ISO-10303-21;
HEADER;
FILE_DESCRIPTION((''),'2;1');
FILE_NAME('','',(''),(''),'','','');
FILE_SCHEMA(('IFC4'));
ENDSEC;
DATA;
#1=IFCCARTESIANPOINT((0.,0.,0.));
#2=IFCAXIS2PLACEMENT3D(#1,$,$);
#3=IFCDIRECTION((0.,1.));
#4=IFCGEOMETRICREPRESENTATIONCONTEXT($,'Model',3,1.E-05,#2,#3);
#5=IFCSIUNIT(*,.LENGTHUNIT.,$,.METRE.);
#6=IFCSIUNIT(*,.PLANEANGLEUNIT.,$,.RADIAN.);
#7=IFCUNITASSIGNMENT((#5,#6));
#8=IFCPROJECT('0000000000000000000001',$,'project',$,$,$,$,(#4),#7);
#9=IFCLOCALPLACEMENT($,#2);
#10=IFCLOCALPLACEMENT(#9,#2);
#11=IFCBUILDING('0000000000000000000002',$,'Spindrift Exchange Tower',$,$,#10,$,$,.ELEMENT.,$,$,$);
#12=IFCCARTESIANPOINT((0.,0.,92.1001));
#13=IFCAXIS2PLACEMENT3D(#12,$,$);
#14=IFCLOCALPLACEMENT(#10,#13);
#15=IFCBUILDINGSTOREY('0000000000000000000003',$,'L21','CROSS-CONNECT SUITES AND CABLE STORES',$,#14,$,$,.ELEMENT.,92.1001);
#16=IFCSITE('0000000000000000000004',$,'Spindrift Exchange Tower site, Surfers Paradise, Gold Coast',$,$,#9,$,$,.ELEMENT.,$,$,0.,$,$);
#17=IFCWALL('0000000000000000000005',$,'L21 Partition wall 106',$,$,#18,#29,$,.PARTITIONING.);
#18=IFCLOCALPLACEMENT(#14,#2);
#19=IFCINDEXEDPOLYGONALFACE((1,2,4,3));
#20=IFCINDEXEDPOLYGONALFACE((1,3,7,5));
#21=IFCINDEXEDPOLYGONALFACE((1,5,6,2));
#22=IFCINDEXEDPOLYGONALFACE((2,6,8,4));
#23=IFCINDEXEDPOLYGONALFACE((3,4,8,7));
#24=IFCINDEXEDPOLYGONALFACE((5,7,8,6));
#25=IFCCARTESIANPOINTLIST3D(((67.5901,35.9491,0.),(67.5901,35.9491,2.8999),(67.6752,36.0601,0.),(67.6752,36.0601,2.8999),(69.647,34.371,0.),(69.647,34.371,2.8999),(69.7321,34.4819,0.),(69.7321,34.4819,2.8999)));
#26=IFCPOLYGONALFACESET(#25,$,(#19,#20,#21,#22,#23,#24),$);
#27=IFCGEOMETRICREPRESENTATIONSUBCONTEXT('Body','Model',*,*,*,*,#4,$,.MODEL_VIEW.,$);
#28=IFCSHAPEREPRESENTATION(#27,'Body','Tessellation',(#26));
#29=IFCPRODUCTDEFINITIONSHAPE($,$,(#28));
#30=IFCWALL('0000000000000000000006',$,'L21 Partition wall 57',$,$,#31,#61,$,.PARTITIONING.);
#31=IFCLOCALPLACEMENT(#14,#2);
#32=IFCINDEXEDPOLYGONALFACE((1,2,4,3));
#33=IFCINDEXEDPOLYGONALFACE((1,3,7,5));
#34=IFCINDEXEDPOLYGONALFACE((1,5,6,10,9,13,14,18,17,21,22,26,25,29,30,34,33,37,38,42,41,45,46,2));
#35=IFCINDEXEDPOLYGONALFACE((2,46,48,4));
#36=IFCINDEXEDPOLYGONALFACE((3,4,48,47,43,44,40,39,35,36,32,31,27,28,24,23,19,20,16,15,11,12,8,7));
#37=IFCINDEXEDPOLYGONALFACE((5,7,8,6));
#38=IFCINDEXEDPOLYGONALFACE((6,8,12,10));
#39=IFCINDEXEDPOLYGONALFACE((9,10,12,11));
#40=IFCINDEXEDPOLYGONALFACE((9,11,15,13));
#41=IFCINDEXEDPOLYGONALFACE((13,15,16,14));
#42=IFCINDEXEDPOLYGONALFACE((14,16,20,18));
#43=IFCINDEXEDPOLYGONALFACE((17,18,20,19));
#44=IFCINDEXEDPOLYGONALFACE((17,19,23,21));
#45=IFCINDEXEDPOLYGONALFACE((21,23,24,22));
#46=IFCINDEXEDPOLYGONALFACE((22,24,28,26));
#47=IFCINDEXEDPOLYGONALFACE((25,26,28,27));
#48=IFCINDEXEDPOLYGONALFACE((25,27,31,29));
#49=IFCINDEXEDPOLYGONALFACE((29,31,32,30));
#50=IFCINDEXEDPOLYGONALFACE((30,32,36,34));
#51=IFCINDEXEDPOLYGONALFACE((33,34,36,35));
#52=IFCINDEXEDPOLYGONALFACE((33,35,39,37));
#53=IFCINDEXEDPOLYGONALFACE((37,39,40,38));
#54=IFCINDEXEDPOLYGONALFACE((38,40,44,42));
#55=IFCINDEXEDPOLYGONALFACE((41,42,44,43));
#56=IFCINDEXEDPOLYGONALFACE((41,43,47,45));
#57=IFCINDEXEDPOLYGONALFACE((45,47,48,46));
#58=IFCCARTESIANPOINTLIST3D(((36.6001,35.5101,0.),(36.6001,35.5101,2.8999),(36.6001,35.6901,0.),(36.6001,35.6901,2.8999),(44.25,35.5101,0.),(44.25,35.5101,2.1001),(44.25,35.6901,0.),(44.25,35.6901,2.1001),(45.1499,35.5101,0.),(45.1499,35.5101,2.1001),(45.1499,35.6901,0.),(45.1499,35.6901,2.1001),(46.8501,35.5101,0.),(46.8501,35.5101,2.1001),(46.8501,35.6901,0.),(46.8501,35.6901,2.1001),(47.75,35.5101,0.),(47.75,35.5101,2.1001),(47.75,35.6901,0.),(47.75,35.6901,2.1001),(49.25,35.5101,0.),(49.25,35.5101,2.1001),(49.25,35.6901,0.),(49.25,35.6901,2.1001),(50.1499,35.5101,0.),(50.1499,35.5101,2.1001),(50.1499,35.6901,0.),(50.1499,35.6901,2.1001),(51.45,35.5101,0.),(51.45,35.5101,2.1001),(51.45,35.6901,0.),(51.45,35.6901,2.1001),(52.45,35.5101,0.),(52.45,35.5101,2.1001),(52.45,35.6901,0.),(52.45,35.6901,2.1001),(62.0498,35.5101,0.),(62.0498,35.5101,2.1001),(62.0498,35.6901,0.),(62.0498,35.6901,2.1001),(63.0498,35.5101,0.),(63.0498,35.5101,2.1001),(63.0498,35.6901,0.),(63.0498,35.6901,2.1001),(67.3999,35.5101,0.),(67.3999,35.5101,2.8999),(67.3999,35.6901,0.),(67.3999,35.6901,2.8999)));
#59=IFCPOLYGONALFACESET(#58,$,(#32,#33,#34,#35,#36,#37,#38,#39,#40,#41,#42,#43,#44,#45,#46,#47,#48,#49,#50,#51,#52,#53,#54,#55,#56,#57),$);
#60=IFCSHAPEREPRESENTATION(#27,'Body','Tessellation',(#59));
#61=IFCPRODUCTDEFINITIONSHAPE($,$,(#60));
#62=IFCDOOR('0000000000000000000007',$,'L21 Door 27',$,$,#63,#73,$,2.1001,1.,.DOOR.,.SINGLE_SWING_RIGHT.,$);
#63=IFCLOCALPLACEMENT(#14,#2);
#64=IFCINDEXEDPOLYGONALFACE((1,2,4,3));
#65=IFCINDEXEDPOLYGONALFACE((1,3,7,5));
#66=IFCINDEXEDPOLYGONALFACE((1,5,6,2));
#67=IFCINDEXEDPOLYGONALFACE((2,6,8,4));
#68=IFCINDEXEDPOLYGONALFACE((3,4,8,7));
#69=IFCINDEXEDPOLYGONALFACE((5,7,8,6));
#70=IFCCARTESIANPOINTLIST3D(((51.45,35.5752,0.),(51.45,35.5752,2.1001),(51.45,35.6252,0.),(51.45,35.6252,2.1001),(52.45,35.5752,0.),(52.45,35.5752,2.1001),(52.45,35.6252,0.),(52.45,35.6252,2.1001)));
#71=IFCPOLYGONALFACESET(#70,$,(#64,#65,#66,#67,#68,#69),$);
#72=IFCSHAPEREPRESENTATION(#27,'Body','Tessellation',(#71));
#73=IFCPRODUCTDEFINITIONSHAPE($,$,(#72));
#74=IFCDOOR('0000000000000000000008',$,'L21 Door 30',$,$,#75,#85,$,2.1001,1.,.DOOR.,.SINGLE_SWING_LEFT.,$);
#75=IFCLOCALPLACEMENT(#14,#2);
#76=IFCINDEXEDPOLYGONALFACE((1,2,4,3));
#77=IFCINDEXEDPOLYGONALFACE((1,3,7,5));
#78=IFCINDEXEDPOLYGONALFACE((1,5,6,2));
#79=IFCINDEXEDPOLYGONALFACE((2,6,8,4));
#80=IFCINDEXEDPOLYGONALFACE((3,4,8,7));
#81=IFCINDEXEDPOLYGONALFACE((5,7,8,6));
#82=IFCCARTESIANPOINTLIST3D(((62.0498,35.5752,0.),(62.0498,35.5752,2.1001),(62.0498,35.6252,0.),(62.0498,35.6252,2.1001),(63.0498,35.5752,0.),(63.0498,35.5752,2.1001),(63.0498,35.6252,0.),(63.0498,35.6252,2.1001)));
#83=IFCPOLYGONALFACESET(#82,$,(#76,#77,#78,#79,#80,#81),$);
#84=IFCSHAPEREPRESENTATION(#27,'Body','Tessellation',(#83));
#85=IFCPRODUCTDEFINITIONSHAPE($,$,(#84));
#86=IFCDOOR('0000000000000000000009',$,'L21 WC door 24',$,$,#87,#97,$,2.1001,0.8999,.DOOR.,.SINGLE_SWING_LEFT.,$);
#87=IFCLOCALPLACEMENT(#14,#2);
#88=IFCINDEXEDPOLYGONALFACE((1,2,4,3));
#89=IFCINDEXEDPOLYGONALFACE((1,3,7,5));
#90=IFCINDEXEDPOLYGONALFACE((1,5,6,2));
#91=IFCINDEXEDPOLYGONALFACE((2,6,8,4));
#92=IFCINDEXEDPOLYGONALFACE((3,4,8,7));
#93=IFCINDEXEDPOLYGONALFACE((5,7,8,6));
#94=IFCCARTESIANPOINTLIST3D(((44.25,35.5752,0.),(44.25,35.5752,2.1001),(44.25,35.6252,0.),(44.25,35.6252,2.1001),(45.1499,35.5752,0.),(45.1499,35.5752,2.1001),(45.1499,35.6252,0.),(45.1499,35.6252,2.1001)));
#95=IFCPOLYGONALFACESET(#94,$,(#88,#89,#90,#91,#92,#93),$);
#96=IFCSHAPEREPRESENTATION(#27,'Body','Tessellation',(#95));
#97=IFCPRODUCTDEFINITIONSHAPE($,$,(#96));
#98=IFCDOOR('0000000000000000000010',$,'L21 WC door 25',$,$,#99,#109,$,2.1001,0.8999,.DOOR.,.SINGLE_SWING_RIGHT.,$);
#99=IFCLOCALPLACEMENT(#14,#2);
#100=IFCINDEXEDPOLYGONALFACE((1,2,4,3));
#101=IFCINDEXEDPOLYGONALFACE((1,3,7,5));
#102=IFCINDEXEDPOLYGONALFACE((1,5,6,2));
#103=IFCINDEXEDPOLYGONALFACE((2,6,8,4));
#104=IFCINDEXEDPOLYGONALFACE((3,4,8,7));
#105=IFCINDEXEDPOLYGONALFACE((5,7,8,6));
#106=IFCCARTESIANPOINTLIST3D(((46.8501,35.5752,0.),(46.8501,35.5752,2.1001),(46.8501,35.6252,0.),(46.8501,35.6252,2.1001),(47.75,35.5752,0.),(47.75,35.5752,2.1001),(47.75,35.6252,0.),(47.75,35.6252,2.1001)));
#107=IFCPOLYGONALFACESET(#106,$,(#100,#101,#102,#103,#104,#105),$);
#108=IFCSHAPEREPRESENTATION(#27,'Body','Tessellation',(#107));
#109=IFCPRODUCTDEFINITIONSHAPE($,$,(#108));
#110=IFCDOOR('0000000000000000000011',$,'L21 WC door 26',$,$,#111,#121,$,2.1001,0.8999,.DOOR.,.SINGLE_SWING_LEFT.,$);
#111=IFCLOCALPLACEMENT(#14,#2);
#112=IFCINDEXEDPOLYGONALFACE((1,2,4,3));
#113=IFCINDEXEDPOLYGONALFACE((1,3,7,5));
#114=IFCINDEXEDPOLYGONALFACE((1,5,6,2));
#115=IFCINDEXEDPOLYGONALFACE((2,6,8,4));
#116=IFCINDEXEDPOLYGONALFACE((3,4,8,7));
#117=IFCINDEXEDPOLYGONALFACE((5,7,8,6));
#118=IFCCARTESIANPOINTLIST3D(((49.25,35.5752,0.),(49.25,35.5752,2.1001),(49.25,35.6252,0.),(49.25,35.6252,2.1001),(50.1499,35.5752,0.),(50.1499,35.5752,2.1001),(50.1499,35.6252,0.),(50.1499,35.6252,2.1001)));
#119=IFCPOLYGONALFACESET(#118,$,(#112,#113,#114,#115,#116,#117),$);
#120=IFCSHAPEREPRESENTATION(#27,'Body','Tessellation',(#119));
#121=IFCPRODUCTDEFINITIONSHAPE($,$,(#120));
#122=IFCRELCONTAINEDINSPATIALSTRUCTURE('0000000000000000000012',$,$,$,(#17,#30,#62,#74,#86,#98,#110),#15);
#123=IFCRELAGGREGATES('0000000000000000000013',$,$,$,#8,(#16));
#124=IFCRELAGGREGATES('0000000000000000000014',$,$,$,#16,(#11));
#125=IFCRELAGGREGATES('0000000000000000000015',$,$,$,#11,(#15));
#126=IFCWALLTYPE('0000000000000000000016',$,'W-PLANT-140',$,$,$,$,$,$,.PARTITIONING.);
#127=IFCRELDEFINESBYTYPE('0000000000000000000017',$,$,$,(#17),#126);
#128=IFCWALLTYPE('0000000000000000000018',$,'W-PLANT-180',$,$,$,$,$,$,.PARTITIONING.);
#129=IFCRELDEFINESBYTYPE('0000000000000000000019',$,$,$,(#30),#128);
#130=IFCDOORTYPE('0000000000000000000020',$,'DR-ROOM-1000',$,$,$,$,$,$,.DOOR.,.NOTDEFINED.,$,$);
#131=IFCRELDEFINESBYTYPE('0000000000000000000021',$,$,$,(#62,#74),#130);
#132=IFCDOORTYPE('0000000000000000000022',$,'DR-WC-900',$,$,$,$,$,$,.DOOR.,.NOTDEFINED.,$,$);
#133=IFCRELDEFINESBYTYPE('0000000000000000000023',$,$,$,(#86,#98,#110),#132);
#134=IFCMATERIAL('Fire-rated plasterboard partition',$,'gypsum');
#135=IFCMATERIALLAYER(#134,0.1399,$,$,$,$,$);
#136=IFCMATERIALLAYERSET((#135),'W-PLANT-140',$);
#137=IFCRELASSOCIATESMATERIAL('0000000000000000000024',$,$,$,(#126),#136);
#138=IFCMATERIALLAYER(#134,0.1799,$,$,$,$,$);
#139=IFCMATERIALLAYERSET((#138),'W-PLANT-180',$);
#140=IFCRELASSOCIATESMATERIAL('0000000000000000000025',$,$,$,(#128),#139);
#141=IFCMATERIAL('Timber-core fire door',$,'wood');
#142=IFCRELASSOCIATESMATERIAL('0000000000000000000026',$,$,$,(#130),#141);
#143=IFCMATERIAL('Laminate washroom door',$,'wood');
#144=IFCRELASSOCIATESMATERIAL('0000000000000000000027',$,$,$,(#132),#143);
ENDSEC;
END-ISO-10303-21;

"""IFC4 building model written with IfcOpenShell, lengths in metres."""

from ifc_helpers import new_model, si_unit, direction, frame, frame_2d, origin, place, context, subcontext, project, spatial, rectangle, extrude, source, transform, mapped, material, layer, layer_set, type_object, element, fill, save


model = new_model("IFC4")

# Units and contexts
model_context = context("Model", 3, precision=1e-05, world=origin(), true_north=direction((0.0, 1.0)))
body_context = subcontext(model_context, "Body", "Model", "MODEL_VIEW")
ifc_project = project(units=[si_unit("LENGTHUNIT", "METRE"), si_unit("PLANEANGLEUNIT", "RADIAN")], contexts=[model_context])

# Site, building, storey
site_placement = place(None, origin())
site = spatial("IfcSite", under=ifc_project, at=site_placement, Name="Spindrift Exchange Tower site, Surfers Paradise, Gold Coast", CompositionType="ELEMENT", RefElevation=0.0)
building_placement = place(site_placement, origin())
building = spatial("IfcBuilding", under=site, at=building_placement, Name="Spindrift Exchange Tower", CompositionType="ELEMENT")
storey_placement = place(building_placement, frame((0.0, 0.0, 92.1001)))
storey = spatial("IfcBuildingStorey", under=building, at=storey_placement, Name="L21", Description="CROSS-CONNECT SUITES AND CABLE STORES", CompositionType="ELEMENT", Elevation=92.1001)

# Wall
ifc_material_1 = material(Name="Fire-rated plasterboard partition", Category="gypsum")
ifc_layer_1 = layer(ifc_material_1, 0.1399)
ifc_layer_set_1 = layer_set([ifc_layer_1], Name="W-PLANT-140")
wall_type_1 = type_object("IfcWallType", Name="W-PLANT-140", PredefinedType="PARTITIONING", material=ifc_layer_set_1)
wall_1_placement = place(storey_placement, frame((67.6326, 36.0046, 0.0), z_axis=(0.0, 0.0, 1.0), x_axis=(0.793387, -0.608718, 0.0)))
element("IfcWall", 1, at=wall_1_placement, inside=storey, type_object=wall_type_1, Name="L21 Partition wall 106", PredefinedType="PARTITIONING", context=body_context, shape_type="SweptSolid", body=[
    extrude(rectangle(XDim=2.5925, YDim=0.1399, at=frame_2d((1.2964, 0.0))), origin(), (0.0, 0.0, 1.0), 2.8999),
])

# Wall, openings, doors
ifc_layer_2 = layer(ifc_material_1, 0.1799)
ifc_layer_set_2 = layer_set([ifc_layer_2], Name="W-PLANT-180")
wall_type_2 = type_object("IfcWallType", Name="W-PLANT-180", PredefinedType="PARTITIONING", material=ifc_layer_set_2)
wall_2_placement = place(storey_placement, frame((67.3999, 35.6001, 0.0), z_axis=(0.0, 0.0, 1.0), x_axis=(-1.0, 0.0, 0.0)))
wall_2 = element("IfcWall", 2, at=wall_2_placement, inside=storey, type_object=wall_type_2, Name="L21 Partition wall 57", PredefinedType="PARTITIONING", context=body_context, shape_type="SweptSolid", body=[
    extrude(rectangle(XDim=30.7998, YDim=0.1799, at=frame_2d((15.3999, 0.0))), origin(), (0.0, 0.0, 1.0), 2.8999),
])
opening_1_placement = place(wall_2_placement, frame((22.25, 0.0, 0.0)))
opening_1 = element("IfcOpeningElement", 3, at=opening_1_placement, cuts=wall_2, PredefinedType="OPENING", context=body_context, shape_type="SweptSolid", body=[
    extrude(rectangle(XDim=0.8999, YDim=2.1001, at=frame_2d((0.45, 1.05))), frame((0.0, 0.0999, 0.0), z_axis=(0.0, -1.0, 0.0), x_axis=(1.0, 0.0, 0.0)), (0.0, 0.0, 1.0), 0.2),
])
opening_2_placement = place(wall_2_placement, frame((19.6499, 0.0, 0.0)))
opening_2 = element("IfcOpeningElement", 4, at=opening_2_placement, cuts=wall_2, PredefinedType="OPENING", context=body_context, shape_type="SweptSolid", body=[
    extrude(rectangle(XDim=0.8999, YDim=2.1001, at=frame_2d((0.45, 1.05))), frame((0.0, 0.0999, 0.0), z_axis=(0.0, -1.0, 0.0), x_axis=(1.0, 0.0, 0.0)), (0.0, 0.0, 1.0), 0.2),
])
opening_3_placement = place(wall_2_placement, frame((17.25, 0.0, 0.0)))
opening_3 = element("IfcOpeningElement", 5, at=opening_3_placement, cuts=wall_2, PredefinedType="OPENING", context=body_context, shape_type="SweptSolid", body=[
    extrude(rectangle(XDim=0.8999, YDim=2.1001, at=frame_2d((0.45, 1.05))), frame((0.0, 0.0999, 0.0), z_axis=(0.0, -1.0, 0.0), x_axis=(1.0, 0.0, 0.0)), (0.0, 0.0, 1.0), 0.2),
])
opening_4_placement = place(wall_2_placement, frame((14.95, 0.0, 0.0)))
opening_4 = element("IfcOpeningElement", 6, at=opening_4_placement, cuts=wall_2, PredefinedType="OPENING", context=body_context, shape_type="SweptSolid", body=[
    extrude(rectangle(XDim=1.0, YDim=2.1001, at=frame_2d((0.5, 1.05))), frame((0.0, 0.0999, 0.0), z_axis=(0.0, -1.0, 0.0), x_axis=(1.0, 0.0, 0.0)), (0.0, 0.0, 1.0), 0.2),
])
opening_5_placement = place(wall_2_placement, frame((4.3501, 0.0, 0.0)))
opening_5 = element("IfcOpeningElement", 7, at=opening_5_placement, cuts=wall_2, PredefinedType="OPENING", context=body_context, shape_type="SweptSolid", body=[
    extrude(rectangle(XDim=1.0, YDim=2.1001, at=frame_2d((0.5, 1.05))), frame((0.0, 0.0999, 0.0), z_axis=(0.0, -1.0, 0.0), x_axis=(1.0, 0.0, 0.0)), (0.0, 0.0, 1.0), 0.2),
])
ifc_material_2 = material(Name="Timber-core fire door", Category="wood")
door_type_1 = type_object("IfcDoorType", Name="DR-ROOM-1000", OperationType="NOTDEFINED", PredefinedType="DOOR", material=ifc_material_2)
shared_shape_1 = source(origin(), body_context, "Body", "SweptSolid", [
    extrude(rectangle(XDim=1.0, YDim=2.1001, at=frame_2d((0.5, 1.05))), frame((0.0, 0.0249, 0.0), z_axis=(0.0, -1.0, 0.0), x_axis=(1.0, 0.0, 0.0)), (0.0, 0.0, 1.0), 0.05),
])
door_1_placement = place(opening_4_placement, origin())
door_1 = element("IfcDoor", 8, at=door_1_placement, inside=storey, type_object=door_type_1, Name="L21 Door 27", OperationType="SINGLE_SWING_RIGHT", OverallHeight=2.1001, OverallWidth=1.0, PredefinedType="DOOR", context=body_context, shape_type="MappedRepresentation", body=[
    mapped(shared_shape_1, transform((0.0, 0.0, 0.0), scale=1.0)),
])
fill(opening_4, door_1)
door_2_placement = place(opening_5_placement, origin())
door_2 = element("IfcDoor", 9, at=door_2_placement, inside=storey, type_object=door_type_1, Name="L21 Door 30", OperationType="SINGLE_SWING_LEFT", OverallHeight=2.1001, OverallWidth=1.0, PredefinedType="DOOR", context=body_context, shape_type="MappedRepresentation", body=[
    mapped(shared_shape_1, transform((0.0, 0.0, 0.0), scale=1.0)),
])
fill(opening_5, door_2)
ifc_material_3 = material(Name="Laminate washroom door", Category="wood")
door_type_2 = type_object("IfcDoorType", Name="DR-WC-900", OperationType="NOTDEFINED", PredefinedType="DOOR", material=ifc_material_3)
shared_shape_2 = source(origin(), body_context, "Body", "SweptSolid", [
    extrude(rectangle(XDim=0.8999, YDim=2.1001, at=frame_2d((0.45, 1.05))), frame((0.0, 0.0249, 0.0), z_axis=(0.0, -1.0, 0.0), x_axis=(1.0, 0.0, 0.0)), (0.0, 0.0, 1.0), 0.05),
])
door_3_placement = place(opening_1_placement, origin())
door_3 = element("IfcDoor", 10, at=door_3_placement, inside=storey, type_object=door_type_2, Name="L21 WC door 24", OperationType="SINGLE_SWING_LEFT", OverallHeight=2.1001, OverallWidth=0.8999, PredefinedType="DOOR", context=body_context, shape_type="MappedRepresentation", body=[
    mapped(shared_shape_2, transform((0.0, 0.0, 0.0), scale=1.0)),
])
fill(opening_1, door_3)
door_4_placement = place(opening_2_placement, origin())
door_4 = element("IfcDoor", 11, at=door_4_placement, inside=storey, type_object=door_type_2, Name="L21 WC door 25", OperationType="SINGLE_SWING_RIGHT", OverallHeight=2.1001, OverallWidth=0.8999, PredefinedType="DOOR", context=body_context, shape_type="MappedRepresentation", body=[
    mapped(shared_shape_2, transform((0.0, 0.0, 0.0), scale=1.0)),
])
fill(opening_2, door_4)
door_5_placement = place(opening_3_placement, origin())
door_5 = element("IfcDoor", 12, at=door_5_placement, inside=storey, type_object=door_type_2, Name="L21 WC door 26", OperationType="SINGLE_SWING_LEFT", OverallHeight=2.1001, OverallWidth=0.8999, PredefinedType="DOOR", context=body_context, shape_type="MappedRepresentation", body=[
    mapped(shared_shape_2, transform((0.0, 0.0, 0.0), scale=1.0)),
])
fill(opening_3, door_5)

save(model, "model.ifc")
